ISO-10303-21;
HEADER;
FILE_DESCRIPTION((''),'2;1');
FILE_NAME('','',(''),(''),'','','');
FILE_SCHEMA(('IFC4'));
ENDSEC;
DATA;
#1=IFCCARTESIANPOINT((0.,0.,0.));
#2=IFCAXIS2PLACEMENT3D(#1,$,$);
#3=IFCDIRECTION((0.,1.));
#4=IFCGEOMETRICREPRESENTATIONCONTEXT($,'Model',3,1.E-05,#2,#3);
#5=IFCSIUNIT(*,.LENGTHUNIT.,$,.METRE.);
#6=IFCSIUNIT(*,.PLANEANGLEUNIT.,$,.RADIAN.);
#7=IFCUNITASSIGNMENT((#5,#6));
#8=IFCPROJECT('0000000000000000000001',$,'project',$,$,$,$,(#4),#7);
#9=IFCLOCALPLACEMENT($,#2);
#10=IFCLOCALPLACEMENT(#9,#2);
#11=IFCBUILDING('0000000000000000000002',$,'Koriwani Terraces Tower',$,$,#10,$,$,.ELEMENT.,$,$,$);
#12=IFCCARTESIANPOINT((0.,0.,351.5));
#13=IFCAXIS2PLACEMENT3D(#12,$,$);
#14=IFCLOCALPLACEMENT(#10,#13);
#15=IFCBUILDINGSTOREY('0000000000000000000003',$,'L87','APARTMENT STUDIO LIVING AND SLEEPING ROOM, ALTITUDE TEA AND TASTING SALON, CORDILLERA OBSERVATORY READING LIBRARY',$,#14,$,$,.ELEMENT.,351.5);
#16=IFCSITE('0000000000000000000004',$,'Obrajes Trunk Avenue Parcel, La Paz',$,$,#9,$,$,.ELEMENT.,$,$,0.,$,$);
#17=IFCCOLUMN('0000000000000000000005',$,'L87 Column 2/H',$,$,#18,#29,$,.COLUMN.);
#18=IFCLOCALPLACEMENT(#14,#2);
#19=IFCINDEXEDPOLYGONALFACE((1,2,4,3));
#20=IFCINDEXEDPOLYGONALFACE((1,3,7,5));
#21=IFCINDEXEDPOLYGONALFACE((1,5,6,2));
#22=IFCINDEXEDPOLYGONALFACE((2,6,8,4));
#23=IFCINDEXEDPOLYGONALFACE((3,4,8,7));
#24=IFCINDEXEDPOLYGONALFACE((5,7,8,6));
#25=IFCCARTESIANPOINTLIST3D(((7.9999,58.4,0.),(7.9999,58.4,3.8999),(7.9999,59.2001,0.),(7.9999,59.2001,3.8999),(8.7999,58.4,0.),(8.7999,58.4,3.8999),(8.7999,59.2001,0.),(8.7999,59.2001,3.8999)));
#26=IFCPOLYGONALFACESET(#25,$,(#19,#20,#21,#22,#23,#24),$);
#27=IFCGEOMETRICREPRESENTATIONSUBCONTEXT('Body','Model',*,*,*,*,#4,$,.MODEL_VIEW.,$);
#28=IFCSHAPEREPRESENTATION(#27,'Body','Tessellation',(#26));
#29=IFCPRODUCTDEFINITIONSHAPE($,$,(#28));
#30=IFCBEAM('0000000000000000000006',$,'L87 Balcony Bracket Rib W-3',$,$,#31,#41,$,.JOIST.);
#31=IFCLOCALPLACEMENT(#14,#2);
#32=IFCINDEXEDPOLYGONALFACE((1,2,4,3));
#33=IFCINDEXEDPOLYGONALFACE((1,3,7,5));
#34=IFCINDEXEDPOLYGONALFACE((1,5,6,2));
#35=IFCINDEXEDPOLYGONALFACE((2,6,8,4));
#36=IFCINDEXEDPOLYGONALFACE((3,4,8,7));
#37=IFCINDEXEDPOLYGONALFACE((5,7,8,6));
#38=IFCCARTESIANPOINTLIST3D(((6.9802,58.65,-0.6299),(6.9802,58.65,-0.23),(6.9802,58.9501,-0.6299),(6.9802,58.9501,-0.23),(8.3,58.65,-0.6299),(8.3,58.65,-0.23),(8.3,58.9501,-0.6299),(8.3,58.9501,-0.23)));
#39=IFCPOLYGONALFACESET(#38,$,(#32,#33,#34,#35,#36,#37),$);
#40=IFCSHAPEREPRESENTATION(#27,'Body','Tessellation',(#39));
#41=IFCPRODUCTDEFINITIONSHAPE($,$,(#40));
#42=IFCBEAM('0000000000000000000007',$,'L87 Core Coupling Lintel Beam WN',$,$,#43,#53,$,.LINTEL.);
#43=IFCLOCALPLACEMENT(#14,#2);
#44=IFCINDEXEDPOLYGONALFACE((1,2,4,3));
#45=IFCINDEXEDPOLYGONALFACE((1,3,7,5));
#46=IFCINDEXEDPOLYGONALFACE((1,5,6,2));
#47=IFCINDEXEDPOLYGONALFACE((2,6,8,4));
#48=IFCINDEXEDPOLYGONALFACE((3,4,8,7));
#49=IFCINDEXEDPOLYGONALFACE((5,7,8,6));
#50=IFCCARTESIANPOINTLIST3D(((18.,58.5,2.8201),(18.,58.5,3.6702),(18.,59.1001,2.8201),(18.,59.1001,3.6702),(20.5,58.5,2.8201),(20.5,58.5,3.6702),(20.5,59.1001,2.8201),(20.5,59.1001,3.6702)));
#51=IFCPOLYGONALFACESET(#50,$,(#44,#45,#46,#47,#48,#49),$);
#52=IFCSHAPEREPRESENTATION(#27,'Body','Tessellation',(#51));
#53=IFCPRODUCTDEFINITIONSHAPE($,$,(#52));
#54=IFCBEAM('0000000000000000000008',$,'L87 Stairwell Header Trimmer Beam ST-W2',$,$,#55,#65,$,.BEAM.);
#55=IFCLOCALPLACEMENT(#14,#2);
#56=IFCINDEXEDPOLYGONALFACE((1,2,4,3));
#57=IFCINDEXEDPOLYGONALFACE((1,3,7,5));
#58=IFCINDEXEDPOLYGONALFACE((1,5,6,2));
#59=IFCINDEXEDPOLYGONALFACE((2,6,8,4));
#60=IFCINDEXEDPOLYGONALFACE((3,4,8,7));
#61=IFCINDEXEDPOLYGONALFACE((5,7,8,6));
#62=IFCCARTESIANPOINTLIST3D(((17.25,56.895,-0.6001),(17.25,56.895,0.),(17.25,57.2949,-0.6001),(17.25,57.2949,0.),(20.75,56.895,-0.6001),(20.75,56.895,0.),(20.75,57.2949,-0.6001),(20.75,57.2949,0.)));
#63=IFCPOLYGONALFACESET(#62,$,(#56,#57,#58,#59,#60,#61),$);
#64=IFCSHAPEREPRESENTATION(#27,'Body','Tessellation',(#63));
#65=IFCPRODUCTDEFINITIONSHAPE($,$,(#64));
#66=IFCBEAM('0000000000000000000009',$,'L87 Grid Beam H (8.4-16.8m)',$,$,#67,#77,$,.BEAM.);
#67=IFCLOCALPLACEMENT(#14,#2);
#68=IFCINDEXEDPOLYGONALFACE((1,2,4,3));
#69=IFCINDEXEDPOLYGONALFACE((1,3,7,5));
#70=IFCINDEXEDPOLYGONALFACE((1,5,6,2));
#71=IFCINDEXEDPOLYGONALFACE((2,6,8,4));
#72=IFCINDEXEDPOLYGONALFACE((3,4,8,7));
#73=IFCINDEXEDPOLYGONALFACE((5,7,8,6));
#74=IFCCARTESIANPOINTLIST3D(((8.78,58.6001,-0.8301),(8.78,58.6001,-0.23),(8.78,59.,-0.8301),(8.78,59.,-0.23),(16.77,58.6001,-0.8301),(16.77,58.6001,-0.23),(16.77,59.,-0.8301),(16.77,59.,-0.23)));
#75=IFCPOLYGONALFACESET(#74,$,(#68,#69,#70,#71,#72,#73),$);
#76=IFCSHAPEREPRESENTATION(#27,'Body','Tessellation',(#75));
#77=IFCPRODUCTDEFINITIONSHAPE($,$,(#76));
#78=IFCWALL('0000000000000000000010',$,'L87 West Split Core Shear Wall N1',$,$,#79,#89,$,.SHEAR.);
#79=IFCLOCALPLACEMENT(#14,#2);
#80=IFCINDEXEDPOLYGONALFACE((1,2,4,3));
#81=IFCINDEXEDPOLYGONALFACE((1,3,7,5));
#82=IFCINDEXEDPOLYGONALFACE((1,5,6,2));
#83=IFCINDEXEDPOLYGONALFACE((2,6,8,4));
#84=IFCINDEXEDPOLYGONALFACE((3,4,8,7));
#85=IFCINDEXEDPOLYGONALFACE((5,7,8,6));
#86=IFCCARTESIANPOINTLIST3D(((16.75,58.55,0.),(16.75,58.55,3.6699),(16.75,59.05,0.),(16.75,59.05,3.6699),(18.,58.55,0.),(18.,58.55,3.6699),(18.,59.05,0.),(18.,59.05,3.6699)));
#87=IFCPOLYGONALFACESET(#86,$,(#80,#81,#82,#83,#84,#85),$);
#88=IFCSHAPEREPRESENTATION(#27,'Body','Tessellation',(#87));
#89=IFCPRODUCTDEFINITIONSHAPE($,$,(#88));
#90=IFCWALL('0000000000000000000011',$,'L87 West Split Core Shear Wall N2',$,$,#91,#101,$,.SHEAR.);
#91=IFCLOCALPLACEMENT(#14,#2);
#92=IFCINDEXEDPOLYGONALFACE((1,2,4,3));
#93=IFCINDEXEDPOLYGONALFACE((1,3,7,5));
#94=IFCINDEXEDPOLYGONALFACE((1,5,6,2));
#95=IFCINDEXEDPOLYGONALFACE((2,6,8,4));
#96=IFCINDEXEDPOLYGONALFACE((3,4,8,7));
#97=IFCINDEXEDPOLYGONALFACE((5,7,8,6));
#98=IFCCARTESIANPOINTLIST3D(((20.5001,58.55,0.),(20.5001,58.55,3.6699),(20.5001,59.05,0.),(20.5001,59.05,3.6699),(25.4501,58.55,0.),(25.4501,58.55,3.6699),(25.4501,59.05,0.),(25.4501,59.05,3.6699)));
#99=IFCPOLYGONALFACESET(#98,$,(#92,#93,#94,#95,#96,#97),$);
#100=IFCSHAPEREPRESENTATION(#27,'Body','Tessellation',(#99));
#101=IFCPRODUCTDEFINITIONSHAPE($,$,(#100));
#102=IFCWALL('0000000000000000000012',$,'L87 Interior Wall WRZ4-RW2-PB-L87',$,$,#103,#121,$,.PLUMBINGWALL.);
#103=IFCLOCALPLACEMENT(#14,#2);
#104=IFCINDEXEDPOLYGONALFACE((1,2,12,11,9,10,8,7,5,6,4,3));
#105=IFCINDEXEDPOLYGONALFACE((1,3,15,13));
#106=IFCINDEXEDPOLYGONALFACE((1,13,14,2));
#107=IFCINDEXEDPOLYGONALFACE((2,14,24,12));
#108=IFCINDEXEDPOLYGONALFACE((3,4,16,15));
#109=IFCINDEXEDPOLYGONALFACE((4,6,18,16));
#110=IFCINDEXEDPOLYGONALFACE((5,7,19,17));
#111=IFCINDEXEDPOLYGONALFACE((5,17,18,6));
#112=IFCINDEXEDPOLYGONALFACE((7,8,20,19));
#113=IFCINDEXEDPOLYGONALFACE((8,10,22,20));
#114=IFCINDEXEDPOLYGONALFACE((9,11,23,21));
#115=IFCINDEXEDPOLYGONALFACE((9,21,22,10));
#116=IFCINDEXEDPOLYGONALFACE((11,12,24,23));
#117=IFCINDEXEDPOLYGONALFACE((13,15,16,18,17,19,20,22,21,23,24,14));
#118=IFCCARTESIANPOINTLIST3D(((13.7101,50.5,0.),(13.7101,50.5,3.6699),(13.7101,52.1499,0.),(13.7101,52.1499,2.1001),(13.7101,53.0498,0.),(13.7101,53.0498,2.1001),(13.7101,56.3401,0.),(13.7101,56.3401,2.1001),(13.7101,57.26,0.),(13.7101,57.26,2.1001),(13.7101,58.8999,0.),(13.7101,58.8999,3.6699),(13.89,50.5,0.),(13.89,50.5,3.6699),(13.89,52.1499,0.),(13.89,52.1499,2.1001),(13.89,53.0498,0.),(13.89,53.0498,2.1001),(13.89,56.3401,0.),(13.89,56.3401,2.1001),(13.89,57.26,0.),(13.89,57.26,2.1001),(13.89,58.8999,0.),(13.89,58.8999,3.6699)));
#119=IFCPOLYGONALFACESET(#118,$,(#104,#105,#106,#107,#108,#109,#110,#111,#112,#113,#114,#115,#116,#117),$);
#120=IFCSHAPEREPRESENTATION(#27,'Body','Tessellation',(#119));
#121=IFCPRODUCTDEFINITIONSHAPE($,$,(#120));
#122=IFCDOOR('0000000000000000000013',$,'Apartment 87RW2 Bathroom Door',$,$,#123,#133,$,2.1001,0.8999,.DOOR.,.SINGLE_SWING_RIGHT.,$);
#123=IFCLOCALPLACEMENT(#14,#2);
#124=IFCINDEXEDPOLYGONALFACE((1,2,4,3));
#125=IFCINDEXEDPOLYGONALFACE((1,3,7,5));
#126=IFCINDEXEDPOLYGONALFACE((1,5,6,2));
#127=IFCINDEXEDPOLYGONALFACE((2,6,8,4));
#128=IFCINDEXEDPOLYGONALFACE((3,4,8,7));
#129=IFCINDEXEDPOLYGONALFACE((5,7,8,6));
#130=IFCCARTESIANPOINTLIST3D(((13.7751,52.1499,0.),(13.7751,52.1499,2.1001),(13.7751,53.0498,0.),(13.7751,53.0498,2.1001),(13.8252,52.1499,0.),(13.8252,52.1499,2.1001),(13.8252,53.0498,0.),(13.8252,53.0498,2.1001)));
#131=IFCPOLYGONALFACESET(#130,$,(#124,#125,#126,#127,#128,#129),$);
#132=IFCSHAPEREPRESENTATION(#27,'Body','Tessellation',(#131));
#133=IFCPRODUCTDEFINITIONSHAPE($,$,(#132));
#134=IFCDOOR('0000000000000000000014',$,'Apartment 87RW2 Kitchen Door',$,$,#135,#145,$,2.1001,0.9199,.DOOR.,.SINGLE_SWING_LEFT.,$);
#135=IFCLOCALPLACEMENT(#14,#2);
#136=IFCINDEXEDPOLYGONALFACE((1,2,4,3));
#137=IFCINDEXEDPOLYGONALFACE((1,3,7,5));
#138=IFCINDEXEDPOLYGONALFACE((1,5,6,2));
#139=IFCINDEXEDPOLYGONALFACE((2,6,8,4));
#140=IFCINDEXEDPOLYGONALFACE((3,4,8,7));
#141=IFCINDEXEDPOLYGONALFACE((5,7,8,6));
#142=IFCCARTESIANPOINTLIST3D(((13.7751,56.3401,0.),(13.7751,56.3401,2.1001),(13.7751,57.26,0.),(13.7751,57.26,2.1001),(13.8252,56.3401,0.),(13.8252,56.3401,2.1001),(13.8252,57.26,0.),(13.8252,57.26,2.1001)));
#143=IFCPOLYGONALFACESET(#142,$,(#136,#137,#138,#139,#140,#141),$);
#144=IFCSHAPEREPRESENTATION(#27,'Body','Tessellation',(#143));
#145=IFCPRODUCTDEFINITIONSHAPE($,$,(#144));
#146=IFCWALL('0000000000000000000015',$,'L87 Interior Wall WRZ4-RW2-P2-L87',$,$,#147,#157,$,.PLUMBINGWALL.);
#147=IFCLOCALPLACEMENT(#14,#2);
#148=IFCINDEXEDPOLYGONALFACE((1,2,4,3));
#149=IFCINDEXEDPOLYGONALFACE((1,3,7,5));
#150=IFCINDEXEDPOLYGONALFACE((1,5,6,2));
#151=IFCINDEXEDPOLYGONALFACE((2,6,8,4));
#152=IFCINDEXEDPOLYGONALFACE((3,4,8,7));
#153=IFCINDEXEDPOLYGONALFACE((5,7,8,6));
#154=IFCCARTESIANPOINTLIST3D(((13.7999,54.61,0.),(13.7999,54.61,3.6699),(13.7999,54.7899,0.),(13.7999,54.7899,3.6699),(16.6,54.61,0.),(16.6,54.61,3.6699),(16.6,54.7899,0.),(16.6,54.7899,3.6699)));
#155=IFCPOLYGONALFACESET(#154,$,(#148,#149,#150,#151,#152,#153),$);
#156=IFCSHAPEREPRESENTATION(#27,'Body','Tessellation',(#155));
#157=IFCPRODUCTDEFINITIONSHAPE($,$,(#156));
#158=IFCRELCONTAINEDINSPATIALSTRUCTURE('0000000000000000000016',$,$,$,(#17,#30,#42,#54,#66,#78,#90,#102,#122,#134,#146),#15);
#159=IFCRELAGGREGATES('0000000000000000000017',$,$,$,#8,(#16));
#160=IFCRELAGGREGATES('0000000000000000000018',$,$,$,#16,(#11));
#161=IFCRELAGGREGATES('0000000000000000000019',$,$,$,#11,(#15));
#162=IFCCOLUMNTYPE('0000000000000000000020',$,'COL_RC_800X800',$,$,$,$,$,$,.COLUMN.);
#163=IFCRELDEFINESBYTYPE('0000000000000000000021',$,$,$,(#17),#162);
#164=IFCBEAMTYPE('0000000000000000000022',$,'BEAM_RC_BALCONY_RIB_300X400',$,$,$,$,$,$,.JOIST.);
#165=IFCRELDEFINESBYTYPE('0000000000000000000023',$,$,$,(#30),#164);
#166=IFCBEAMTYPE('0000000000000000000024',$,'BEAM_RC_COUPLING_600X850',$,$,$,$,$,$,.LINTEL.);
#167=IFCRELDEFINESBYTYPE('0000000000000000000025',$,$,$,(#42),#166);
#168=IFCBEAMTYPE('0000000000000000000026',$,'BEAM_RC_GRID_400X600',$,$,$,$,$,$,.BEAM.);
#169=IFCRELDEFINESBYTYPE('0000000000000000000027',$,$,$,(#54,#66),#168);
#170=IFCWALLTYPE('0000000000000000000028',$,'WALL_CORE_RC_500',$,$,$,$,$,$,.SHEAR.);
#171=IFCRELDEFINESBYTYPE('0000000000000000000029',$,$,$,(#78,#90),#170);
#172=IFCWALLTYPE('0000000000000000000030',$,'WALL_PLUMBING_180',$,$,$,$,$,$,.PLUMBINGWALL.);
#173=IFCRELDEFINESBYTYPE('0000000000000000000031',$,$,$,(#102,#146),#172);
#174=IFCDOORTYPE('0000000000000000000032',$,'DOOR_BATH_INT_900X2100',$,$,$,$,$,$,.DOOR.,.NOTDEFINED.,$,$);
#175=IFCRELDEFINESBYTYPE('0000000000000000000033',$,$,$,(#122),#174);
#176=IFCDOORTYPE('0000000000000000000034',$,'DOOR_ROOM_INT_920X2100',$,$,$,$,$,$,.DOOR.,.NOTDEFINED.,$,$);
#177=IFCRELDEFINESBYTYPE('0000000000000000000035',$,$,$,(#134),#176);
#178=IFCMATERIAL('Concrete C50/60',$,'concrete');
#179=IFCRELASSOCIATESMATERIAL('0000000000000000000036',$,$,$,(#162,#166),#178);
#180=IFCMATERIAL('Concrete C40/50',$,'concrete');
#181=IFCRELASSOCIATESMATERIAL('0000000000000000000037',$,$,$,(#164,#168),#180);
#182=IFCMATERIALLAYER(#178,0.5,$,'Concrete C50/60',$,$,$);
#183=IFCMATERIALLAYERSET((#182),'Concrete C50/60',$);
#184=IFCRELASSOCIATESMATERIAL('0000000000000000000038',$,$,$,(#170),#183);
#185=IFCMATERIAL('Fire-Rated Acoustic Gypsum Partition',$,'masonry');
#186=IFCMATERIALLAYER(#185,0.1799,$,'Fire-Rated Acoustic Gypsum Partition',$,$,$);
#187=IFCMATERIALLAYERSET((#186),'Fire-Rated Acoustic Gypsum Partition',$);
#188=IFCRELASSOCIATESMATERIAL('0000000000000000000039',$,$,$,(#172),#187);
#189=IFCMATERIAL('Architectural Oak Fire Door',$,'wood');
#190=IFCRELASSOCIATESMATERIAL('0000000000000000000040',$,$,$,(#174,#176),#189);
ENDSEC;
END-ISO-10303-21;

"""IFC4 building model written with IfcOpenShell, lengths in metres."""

from ifc_helpers import new_model, si_unit, direction, frame, frame_2d, origin, origin_2d, place, context, subcontext, project, spatial, rectangle, extrude, material, layer, layer_set, material_profile, profile_set, type_object, element, fill, save


model = new_model("IFC4")

# Units and contexts
model_context = context("Model", 3, precision=1e-05, world=origin(), true_north=direction((0.0, 1.0)))
body_context = subcontext(model_context, "Body", "Model", "MODEL_VIEW")
ifc_project = project(units=[si_unit("LENGTHUNIT", "METRE"), si_unit("PLANEANGLEUNIT", "RADIAN")], contexts=[model_context])

# Site, building, storey
site_placement = place(None, origin())
site = spatial("IfcSite", under=ifc_project, at=site_placement, Name="Obrajes Trunk Avenue Parcel, La Paz", CompositionType="ELEMENT", RefElevation=0.0)
building_placement = place(site_placement, origin())
building = spatial("IfcBuilding", under=site, at=building_placement, Name="Koriwani Terraces Tower", CompositionType="ELEMENT")
storey_placement = place(building_placement, frame((0.0, 0.0, 351.5)))
storey = spatial("IfcBuildingStorey", under=building, at=storey_placement, Name="L87", Description="APARTMENT STUDIO LIVING AND SLEEPING ROOM, ALTITUDE TEA AND TASTING SALON, CORDILLERA OBSERVATORY READING LIBRARY", CompositionType="ELEMENT", Elevation=351.5)

# Column
ifc_material_1 = material(Name="Concrete C50/60", Category="concrete")
ifc_material_profile_1 = material_profile(ifc_material_1, rectangle(XDim=0.8, YDim=0.8, at=origin_2d()), Name="Concrete C50/60", Category="LoadBearing")
ifc_profile_set_1 = profile_set([ifc_material_profile_1], Name="Concrete C50/60")
column_type = type_object("IfcColumnType", Name="COL_RC_800X800", PredefinedType="COLUMN", material=ifc_profile_set_1)
column_placement = place(storey_placement, frame((8.3999, 58.8, 0.0), z_axis=(0.0, 0.0, 1.0), x_axis=(1.0, 0.0, 0.0)))
element("IfcColumn", 1, at=column_placement, inside=storey, type_object=column_type, Name="L87 Column 2/H", PredefinedType="COLUMN", context=body_context, shape_type="SweptSolid", body=[
    extrude(rectangle(XDim=0.8, YDim=0.8, at=origin_2d()), origin(), (0.0, 0.0, 1.0), 3.8999),
])

# Beams
ifc_material_2 = material(Name="Concrete C40/50", Category="concrete")
ifc_material_profile_2 = material_profile(ifc_material_2, rectangle(XDim=0.3, YDim=0.3999, at=origin_2d()), Name="Concrete C40/50", Category="LoadBearing")
ifc_profile_set_2 = profile_set([ifc_material_profile_2], Name="Concrete C40/50")
beam_type_1 = type_object("IfcBeamType", Name="BEAM_RC_BALCONY_RIB_300X400", PredefinedType="JOIST", material=ifc_profile_set_2)
beam_1_placement = place(storey_placement, frame((6.9802, 58.8, -0.4299), z_axis=(1.0, 0.0, 0.0), x_axis=(0.0, 1.0, 0.0)))
element("IfcBeam", 2, at=beam_1_placement, inside=storey, type_object=beam_type_1, Name="L87 Balcony Bracket Rib W-3", PredefinedType="JOIST", context=body_context, shape_type="SweptSolid", body=[
    extrude(rectangle(XDim=0.3, YDim=0.3999, at=origin_2d()), origin(), (0.0, 0.0, 1.0), 1.3198),
])
ifc_material_profile_3 = material_profile(ifc_material_1, rectangle(XDim=0.6001, YDim=0.8501, at=origin_2d()), Name="Concrete C50/60", Category="LoadBearing")
ifc_profile_set_3 = profile_set([ifc_material_profile_3], Name="Concrete C50/60")
beam_type_2 = type_object("IfcBeamType", Name="BEAM_RC_COUPLING_600X850", PredefinedType="LINTEL", material=ifc_profile_set_3)
beam_2_placement = place(storey_placement, frame((18.0, 58.8, 3.2451), z_axis=(1.0, 0.0, 0.0), x_axis=(0.0, 1.0, 0.0)))
element("IfcBeam", 3, at=beam_2_placement, inside=storey, type_object=beam_type_2, Name="L87 Core Coupling Lintel Beam WN", PredefinedType="LINTEL", context=body_context, shape_type="SweptSolid", body=[
    extrude(rectangle(XDim=0.6001, YDim=0.8501, at=origin_2d()), origin(), (0.0, 0.0, 1.0), 2.5),
])
ifc_material_profile_4 = material_profile(ifc_material_2, rectangle(XDim=0.3999, YDim=0.6001, at=origin_2d()), Name="Concrete C40/50", Category="LoadBearing")
ifc_profile_set_4 = profile_set([ifc_material_profile_4], Name="Concrete C40/50")
beam_type_3 = type_object("IfcBeamType", Name="BEAM_RC_GRID_400X600", PredefinedType="BEAM", material=ifc_profile_set_4)
beam_3_placement = place(storey_placement, frame((17.25, 57.095, -0.3), z_axis=(1.0, 0.0, 0.0), x_axis=(0.0, 1.0, 0.0)))
element("IfcBeam", 4, at=beam_3_placement, inside=storey, type_object=beam_type_3, Name="L87 Stairwell Header Trimmer Beam ST-W2", PredefinedType="BEAM", context=body_context, shape_type="SweptSolid", body=[
    extrude(rectangle(XDim=0.3999, YDim=0.6001, at=origin_2d()), origin(), (0.0, 0.0, 1.0), 3.5),
])
beam_4_placement = place(storey_placement, frame((8.78, 58.8, -0.53), z_axis=(1.0, 0.0, 0.0), x_axis=(0.0, 1.0, 0.0)))
element("IfcBeam", 5, at=beam_4_placement, inside=storey, type_object=beam_type_3, Name="L87 Grid Beam H (8.4-16.8m)", PredefinedType="BEAM", context=body_context, shape_type="SweptSolid", body=[
    extrude(rectangle(XDim=0.3999, YDim=0.6001, at=origin_2d()), origin(), (0.0, 0.0, 1.0), 7.99),
])

# Walls
ifc_layer_1 = layer(ifc_material_1, 0.5, Name="Concrete C50/60")
ifc_layer_set_1 = layer_set([ifc_layer_1], Name="Concrete C50/60")
wall_type_1 = type_object("IfcWallType", Name="WALL_CORE_RC_500", PredefinedType="SHEAR", material=ifc_layer_set_1)
wall_1_placement = place(storey_placement, frame((16.75, 58.8, 0.0), z_axis=(0.0, 0.0, 1.0), x_axis=(1.0, 0.0, 0.0)))
element("IfcWall", 6, at=wall_1_placement, inside=storey, type_object=wall_type_1, Name="L87 West Split Core Shear Wall N1", PredefinedType="SHEAR", context=body_context, shape_type="SweptSolid", body=[
    extrude(rectangle(XDim=1.25, YDim=0.5, at=frame_2d((0.625, 0.0))), origin(), (0.0, 0.0, 1.0), 3.6699),
])
wall_2_placement = place(storey_placement, frame((20.5, 58.8, 0.0), z_axis=(0.0, 0.0, 1.0), x_axis=(1.0, 0.0, 0.0)))
element("IfcWall", 7, at=wall_2_placement, inside=storey, type_object=wall_type_1, Name="L87 West Split Core Shear Wall N2", PredefinedType="SHEAR", context=body_context, shape_type="SweptSolid", body=[
    extrude(rectangle(XDim=4.95, YDim=0.5, at=frame_2d((2.4751, 0.0))), origin(), (0.0, 0.0, 1.0), 3.6699),
])

# Wall, openings, doors
ifc_material_3 = material(Name="Fire-Rated Acoustic Gypsum Partition", Category="masonry")
ifc_layer_2 = layer(ifc_material_3, 0.1799, Name="Fire-Rated Acoustic Gypsum Partition")
ifc_layer_set_2 = layer_set([ifc_layer_2], Name="Fire-Rated Acoustic Gypsum Partition")
wall_type_2 = type_object("IfcWallType", Name="WALL_PLUMBING_180", PredefinedType="PLUMBINGWALL", material=ifc_layer_set_2)
wall_3_placement = place(storey_placement, frame((13.8, 50.5, 0.0), z_axis=(0.0, 0.0, 1.0), x_axis=(0.0, 1.0, 0.0)))
wall_3 = element("IfcWall", 8, at=wall_3_placement, inside=storey, type_object=wall_type_2, Name="L87 Interior Wall WRZ4-RW2-PB-L87", PredefinedType="PLUMBINGWALL", context=body_context, shape_type="SweptSolid", body=[
    extrude(rectangle(XDim=8.3999, YDim=0.1799, at=frame_2d((4.2, 0.0))), origin(), (0.0, 0.0, 1.0), 3.6699),
])
opening_1_placement = place(wall_3_placement, frame((1.6499, 0.0, 0.0)))
opening_1 = element("IfcOpeningElement", 9, at=opening_1_placement, cuts=wall_3, PredefinedType="OPENING", context=body_context, shape_type="SweptSolid", body=[
    extrude(rectangle(XDim=0.8999, YDim=2.1001, at=frame_2d((0.45, 1.05))), frame((0.0, 0.1001, 0.0), z_axis=(0.0, -1.0, 0.0), x_axis=(1.0, 0.0, 0.0)), (0.0, 0.0, 1.0), 0.2),
])
opening_2_placement = place(wall_3_placement, frame((5.8401, 0.0, 0.0)))
opening_2 = element("IfcOpeningElement", 10, at=opening_2_placement, cuts=wall_3, PredefinedType="OPENING", context=body_context, shape_type="SweptSolid", body=[
    extrude(rectangle(XDim=0.9199, YDim=2.1001, at=frame_2d((0.46, 1.05))), frame((0.0, 0.1001, 0.0), z_axis=(0.0, -1.0, 0.0), x_axis=(1.0, 0.0, 0.0)), (0.0, 0.0, 1.0), 0.2),
])
ifc_material_4 = material(Name="Architectural Oak Fire Door", Category="wood")
door_type_1 = type_object("IfcDoorType", Name="DOOR_BATH_INT_900X2100", OperationType="NOTDEFINED", PredefinedType="DOOR", material=ifc_material_4)
door_1_placement = place(opening_1_placement, origin())
door_1 = element("IfcDoor", 11, at=door_1_placement, inside=storey, type_object=door_type_1, Name="Apartment 87RW2 Bathroom Door", OperationType="SINGLE_SWING_RIGHT", OverallHeight=2.1001, OverallWidth=0.8999, PredefinedType="DOOR", context=body_context, shape_type="SweptSolid", body=[
    extrude(rectangle(XDim=0.8999, YDim=2.1001, at=frame_2d((0.45, 1.05))), frame((0.0, 0.0249, 0.0), z_axis=(0.0, -1.0, 0.0), x_axis=(1.0, 0.0, 0.0)), (0.0, 0.0, 1.0), 0.05),
])
fill(opening_1, door_1)
door_type_2 = type_object("IfcDoorType", Name="DOOR_ROOM_INT_920X2100", OperationType="NOTDEFINED", PredefinedType="DOOR", material=ifc_material_4)
door_2_placement = place(opening_2_placement, origin())
door_2 = element("IfcDoor", 12, at=door_2_placement, inside=storey, type_object=door_type_2, Name="Apartment 87RW2 Kitchen Door", OperationType="SINGLE_SWING_LEFT", OverallHeight=2.1001, OverallWidth=0.9199, PredefinedType="DOOR", context=body_context, shape_type="SweptSolid", body=[
    extrude(rectangle(XDim=0.9199, YDim=2.1001, at=frame_2d((0.46, 1.05))), frame((0.0, 0.0249, 0.0), z_axis=(0.0, -1.0, 0.0), x_axis=(1.0, 0.0, 0.0)), (0.0, 0.0, 1.0), 0.05),
])
fill(opening_2, door_2)

# Wall
wall_4_placement = place(storey_placement, frame((13.8, 54.7, 0.0), z_axis=(0.0, 0.0, 1.0), x_axis=(1.0, 0.0, 0.0)))
element("IfcWall", 13, at=wall_4_placement, inside=storey, type_object=wall_type_2, Name="L87 Interior Wall WRZ4-RW2-P2-L87", PredefinedType="PLUMBINGWALL", context=body_context, shape_type="SweptSolid", body=[
    extrude(rectangle(XDim=2.8, YDim=0.1799, at=frame_2d((1.3999, 0.0))), origin(), (0.0, 0.0, 1.0), 3.6699),
])

save(model, "model.ifc")
